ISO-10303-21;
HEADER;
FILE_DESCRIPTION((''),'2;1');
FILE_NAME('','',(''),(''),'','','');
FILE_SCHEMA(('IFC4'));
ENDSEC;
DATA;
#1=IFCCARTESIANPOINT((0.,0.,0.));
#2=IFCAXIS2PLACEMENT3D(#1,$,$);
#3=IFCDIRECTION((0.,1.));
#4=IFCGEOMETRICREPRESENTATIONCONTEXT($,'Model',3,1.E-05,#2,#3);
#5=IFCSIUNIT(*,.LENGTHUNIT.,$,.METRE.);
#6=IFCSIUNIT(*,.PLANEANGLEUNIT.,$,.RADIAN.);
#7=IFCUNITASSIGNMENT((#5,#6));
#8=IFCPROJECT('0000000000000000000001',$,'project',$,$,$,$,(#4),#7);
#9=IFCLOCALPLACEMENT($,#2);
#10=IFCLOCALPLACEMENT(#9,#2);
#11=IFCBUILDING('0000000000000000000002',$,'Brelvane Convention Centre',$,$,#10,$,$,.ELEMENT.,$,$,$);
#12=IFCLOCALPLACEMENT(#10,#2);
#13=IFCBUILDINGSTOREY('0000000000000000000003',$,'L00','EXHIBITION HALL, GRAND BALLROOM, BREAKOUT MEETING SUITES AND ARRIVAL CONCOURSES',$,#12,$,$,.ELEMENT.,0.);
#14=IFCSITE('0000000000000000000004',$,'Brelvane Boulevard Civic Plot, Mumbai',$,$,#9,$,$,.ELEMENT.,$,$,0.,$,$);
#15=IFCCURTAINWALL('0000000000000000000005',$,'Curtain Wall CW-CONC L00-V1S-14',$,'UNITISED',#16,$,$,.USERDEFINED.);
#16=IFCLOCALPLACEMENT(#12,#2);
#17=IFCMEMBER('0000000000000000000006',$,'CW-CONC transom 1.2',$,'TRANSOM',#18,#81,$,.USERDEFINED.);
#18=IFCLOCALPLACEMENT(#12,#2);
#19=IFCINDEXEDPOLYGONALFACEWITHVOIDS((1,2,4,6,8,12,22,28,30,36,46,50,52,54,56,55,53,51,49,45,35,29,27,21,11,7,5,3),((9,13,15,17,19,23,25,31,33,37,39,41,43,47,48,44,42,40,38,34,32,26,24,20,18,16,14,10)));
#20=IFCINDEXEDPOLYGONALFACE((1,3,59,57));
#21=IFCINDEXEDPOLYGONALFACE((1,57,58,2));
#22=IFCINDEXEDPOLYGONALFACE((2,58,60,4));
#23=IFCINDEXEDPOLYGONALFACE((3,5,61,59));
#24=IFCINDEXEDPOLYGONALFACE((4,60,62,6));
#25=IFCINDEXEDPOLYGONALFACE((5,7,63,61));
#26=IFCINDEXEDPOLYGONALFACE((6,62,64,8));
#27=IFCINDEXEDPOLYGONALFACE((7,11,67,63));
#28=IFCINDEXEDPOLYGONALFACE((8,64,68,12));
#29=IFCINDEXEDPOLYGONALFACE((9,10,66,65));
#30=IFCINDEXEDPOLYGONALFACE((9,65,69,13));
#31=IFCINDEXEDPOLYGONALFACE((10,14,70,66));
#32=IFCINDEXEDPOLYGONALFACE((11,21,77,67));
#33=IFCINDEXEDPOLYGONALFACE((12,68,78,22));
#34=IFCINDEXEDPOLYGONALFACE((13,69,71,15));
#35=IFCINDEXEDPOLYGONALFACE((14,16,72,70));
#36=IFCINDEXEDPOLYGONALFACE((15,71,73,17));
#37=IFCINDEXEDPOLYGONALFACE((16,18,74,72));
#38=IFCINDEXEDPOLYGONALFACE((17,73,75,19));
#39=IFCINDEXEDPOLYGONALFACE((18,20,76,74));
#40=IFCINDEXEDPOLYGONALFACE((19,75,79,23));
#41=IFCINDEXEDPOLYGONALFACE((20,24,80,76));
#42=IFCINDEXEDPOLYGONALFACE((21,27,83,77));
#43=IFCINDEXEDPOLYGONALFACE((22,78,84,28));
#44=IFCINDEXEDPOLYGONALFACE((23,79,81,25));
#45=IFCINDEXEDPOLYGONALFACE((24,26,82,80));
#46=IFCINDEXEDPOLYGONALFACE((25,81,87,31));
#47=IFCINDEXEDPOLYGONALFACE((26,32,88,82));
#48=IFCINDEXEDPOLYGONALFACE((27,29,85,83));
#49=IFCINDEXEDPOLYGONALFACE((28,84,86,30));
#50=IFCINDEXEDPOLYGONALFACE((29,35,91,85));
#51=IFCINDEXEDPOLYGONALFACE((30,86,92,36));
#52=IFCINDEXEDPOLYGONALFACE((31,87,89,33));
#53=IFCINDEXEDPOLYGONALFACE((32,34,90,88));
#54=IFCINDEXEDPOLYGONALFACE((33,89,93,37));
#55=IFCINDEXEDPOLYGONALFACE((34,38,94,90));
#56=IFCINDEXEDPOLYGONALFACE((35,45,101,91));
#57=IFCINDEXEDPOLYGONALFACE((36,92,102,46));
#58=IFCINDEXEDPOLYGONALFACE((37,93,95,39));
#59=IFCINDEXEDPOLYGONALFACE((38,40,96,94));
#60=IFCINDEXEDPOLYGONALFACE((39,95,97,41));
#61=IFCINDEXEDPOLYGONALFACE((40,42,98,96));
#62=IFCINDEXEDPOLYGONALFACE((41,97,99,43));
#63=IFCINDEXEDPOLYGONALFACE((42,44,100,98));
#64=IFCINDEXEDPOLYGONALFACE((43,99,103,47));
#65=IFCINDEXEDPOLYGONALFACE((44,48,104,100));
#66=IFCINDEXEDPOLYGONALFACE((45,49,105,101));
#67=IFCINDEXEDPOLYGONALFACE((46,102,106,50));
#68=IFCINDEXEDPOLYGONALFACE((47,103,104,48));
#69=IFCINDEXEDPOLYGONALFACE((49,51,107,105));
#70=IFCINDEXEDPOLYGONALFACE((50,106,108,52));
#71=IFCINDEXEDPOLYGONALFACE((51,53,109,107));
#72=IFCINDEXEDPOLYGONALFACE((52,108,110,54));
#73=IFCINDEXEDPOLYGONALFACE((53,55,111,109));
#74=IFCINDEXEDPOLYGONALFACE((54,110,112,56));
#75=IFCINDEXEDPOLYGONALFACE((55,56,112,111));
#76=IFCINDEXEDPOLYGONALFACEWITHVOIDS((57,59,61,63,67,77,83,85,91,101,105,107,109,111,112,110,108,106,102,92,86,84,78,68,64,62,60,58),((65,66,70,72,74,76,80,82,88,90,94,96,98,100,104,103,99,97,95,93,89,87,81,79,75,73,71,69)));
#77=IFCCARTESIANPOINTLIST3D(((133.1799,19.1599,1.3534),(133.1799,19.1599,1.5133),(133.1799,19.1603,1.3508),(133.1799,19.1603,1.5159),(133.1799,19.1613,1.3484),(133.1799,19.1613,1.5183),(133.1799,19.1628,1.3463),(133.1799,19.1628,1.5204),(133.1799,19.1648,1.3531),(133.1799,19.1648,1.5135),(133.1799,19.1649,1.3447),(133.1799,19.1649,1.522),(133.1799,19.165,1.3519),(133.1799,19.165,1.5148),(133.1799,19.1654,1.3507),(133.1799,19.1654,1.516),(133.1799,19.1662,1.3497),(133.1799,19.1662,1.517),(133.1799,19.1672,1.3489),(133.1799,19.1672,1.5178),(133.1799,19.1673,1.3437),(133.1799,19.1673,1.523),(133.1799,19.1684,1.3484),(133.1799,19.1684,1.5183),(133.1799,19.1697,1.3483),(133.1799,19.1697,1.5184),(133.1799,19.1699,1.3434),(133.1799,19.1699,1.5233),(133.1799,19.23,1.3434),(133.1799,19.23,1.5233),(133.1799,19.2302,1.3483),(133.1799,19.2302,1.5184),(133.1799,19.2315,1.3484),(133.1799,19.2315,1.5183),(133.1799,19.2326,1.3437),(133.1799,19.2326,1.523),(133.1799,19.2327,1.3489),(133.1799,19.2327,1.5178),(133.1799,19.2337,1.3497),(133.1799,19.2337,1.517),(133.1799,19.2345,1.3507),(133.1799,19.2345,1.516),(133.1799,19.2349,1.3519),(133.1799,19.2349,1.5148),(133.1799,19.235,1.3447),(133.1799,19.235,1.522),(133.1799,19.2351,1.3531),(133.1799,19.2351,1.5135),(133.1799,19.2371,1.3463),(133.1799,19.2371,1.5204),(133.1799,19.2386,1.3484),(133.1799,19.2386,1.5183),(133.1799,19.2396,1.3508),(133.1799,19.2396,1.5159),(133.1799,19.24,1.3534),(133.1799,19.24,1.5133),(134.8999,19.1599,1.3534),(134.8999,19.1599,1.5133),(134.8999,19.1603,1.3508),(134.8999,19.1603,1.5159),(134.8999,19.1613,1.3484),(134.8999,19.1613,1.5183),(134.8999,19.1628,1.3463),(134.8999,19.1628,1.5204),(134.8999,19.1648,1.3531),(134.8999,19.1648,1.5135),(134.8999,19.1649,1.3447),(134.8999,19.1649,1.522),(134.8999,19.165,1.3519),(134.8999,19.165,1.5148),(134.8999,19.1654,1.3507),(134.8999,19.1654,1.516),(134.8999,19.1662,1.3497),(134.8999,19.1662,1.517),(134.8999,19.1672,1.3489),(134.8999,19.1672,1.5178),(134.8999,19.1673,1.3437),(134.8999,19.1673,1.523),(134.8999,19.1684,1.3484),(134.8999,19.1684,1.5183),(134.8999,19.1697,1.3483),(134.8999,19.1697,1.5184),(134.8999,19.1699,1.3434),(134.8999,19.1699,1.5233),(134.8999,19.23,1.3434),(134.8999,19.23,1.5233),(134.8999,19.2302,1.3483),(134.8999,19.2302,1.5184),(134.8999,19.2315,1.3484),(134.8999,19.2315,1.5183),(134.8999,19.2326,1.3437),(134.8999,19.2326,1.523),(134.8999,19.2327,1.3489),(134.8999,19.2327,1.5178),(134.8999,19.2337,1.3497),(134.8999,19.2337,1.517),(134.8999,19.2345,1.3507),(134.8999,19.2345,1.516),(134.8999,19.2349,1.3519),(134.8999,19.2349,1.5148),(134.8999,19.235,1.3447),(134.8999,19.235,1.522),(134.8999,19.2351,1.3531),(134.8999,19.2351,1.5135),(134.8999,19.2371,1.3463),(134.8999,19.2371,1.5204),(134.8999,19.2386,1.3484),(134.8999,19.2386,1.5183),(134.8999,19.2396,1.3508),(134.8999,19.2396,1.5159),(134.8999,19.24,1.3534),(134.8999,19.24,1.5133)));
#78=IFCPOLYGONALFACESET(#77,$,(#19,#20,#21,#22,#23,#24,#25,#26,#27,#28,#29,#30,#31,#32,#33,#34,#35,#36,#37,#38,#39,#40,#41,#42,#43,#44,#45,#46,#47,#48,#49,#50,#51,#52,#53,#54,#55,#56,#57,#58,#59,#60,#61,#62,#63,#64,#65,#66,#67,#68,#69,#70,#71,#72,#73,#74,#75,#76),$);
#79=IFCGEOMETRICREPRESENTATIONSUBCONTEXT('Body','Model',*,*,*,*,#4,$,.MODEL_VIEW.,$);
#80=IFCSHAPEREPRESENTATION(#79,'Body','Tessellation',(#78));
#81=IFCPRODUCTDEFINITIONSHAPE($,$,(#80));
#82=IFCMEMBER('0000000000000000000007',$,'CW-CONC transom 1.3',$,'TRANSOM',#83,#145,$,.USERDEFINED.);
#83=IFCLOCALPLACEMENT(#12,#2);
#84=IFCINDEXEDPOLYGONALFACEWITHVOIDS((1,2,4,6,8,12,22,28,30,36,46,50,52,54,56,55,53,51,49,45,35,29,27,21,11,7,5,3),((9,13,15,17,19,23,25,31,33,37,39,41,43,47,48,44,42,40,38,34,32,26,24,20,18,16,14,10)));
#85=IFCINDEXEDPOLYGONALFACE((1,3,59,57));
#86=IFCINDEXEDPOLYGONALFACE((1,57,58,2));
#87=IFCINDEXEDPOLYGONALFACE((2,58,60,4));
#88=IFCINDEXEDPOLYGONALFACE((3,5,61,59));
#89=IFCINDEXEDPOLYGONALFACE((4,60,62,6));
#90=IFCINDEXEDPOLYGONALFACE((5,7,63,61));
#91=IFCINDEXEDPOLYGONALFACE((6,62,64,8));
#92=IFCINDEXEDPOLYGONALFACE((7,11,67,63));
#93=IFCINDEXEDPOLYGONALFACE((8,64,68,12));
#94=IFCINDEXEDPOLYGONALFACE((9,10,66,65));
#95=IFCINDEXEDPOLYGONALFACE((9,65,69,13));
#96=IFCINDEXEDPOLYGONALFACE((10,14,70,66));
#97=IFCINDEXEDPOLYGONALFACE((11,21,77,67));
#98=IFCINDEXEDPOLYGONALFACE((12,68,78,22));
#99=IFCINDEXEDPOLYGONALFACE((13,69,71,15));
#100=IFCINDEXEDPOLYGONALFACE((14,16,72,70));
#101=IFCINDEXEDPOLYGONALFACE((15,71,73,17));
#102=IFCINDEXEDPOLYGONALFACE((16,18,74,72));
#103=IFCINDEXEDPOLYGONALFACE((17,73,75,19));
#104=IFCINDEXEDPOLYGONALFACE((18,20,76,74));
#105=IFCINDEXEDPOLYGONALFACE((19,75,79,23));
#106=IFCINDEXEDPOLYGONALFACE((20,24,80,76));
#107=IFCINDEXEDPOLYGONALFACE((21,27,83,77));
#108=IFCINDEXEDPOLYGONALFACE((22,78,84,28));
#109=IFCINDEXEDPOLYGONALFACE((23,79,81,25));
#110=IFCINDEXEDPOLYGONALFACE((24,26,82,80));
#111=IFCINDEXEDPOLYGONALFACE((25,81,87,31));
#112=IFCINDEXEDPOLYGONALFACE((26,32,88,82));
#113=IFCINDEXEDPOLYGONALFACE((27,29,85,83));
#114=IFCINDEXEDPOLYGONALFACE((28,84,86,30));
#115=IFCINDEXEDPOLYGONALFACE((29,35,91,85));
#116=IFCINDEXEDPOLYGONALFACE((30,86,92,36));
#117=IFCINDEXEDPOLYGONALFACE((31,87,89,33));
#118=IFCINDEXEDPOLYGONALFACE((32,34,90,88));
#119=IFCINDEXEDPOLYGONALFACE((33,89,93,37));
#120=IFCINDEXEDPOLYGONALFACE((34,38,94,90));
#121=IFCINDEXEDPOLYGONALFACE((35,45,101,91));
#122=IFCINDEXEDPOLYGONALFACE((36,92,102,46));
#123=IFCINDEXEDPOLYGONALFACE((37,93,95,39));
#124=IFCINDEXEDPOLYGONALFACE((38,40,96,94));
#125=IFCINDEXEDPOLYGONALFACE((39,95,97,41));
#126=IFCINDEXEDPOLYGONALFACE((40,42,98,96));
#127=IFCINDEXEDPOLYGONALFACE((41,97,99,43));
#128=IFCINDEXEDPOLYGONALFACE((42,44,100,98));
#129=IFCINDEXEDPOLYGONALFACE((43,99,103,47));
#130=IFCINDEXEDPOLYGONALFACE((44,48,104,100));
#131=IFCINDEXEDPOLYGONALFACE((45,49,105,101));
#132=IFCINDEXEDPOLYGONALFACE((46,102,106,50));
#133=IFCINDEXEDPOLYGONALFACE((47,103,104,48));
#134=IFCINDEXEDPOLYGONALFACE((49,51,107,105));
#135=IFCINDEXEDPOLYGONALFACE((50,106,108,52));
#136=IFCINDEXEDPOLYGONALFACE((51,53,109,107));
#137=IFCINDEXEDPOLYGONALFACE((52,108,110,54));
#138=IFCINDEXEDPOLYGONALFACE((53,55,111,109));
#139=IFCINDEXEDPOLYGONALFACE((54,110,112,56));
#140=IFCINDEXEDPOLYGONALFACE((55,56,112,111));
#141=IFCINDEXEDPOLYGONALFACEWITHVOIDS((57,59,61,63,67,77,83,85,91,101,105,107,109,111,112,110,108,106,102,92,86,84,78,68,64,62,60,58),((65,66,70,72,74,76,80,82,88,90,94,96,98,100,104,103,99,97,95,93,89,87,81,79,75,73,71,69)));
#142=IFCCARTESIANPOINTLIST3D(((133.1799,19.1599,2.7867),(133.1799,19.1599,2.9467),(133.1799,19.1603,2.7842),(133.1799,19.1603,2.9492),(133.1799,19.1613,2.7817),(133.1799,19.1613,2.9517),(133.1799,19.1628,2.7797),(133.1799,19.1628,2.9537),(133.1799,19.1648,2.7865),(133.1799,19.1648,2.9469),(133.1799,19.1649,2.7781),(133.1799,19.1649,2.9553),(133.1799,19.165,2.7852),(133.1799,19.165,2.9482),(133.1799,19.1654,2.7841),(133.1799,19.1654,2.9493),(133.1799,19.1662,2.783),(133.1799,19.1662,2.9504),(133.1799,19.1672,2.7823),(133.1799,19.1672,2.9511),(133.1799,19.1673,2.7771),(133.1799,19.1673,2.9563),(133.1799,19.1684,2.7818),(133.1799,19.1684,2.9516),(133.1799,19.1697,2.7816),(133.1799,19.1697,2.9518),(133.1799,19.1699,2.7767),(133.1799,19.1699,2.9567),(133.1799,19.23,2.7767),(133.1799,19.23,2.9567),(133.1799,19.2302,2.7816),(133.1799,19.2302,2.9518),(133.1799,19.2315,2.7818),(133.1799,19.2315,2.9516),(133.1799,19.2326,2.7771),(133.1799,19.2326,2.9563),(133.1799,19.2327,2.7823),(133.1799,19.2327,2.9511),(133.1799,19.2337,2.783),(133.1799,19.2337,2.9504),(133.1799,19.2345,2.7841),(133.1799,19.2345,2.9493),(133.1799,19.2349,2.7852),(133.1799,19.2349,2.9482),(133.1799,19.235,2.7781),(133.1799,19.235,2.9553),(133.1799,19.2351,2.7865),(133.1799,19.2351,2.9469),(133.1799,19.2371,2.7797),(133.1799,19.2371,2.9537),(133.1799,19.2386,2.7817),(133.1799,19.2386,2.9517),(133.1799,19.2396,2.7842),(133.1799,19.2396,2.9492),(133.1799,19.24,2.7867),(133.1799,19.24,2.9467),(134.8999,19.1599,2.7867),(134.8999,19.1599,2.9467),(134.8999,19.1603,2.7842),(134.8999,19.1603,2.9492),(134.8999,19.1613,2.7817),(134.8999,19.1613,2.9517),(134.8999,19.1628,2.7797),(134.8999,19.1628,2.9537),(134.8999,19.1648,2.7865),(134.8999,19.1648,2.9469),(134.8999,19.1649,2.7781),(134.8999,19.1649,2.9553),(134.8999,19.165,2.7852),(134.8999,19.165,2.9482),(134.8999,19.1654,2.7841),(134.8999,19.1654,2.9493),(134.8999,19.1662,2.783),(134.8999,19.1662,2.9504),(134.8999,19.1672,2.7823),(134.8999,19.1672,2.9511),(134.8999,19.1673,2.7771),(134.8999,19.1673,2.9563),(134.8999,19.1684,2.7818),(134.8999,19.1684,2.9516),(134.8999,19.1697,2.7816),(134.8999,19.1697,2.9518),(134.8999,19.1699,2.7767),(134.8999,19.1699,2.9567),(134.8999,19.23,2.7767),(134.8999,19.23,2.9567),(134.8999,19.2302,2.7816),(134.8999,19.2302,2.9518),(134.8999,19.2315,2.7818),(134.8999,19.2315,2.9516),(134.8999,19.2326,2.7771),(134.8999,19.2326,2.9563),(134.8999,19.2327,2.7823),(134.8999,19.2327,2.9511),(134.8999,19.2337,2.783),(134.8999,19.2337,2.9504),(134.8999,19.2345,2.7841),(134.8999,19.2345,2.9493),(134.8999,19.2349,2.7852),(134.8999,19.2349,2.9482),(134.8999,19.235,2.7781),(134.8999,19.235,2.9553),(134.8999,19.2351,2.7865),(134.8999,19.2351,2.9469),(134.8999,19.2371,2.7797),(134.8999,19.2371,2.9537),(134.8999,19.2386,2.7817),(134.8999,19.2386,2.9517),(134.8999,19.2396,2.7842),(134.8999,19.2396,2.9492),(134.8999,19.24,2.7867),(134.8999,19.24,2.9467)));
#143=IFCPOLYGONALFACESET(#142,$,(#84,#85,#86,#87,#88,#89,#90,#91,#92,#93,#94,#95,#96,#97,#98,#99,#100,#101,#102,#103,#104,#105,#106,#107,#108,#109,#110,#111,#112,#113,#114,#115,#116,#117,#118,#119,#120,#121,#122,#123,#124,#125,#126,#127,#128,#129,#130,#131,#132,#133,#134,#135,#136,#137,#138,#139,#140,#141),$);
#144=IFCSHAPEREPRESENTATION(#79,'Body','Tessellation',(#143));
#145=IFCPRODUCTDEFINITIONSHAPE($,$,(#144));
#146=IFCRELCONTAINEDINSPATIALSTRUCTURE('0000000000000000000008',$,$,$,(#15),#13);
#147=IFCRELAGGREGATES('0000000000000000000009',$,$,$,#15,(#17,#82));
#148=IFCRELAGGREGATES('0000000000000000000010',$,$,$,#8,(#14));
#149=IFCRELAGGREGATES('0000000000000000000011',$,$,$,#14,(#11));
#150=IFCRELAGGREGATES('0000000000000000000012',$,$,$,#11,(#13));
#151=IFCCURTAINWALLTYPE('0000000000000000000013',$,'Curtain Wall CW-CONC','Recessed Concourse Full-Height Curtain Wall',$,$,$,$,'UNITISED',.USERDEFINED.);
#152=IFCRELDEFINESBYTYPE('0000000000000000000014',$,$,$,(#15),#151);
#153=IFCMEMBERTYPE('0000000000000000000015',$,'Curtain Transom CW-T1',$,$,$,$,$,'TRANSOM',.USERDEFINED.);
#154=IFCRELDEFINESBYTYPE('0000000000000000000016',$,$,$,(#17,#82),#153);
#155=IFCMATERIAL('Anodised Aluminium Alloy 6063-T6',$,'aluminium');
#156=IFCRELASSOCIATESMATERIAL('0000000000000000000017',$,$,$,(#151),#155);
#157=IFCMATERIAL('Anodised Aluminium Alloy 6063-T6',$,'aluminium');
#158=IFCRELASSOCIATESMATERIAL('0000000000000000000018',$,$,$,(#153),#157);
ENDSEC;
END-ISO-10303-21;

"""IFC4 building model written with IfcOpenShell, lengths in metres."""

from ifc_helpers import new_model, si_unit, direction, frame, origin, origin_2d, place, context, subcontext, project, spatial, hollow_rectangle, extrude, material, material_profile, profile_set, type_object, element, aggregate, save


model = new_model("IFC4")

# Units and contexts
model_context = context("Model", 3, precision=1e-05, world=origin(), true_north=direction((0.0, 1.0)))
body_context = subcontext(model_context, "Body", "Model", "MODEL_VIEW")
ifc_project = project(units=[si_unit("LENGTHUNIT", "METRE"), si_unit("PLANEANGLEUNIT", "RADIAN")], contexts=[model_context])

# Site, building, storey
site_placement = place(None, origin())
site = spatial("IfcSite", under=ifc_project, at=site_placement, Name="Brelvane Boulevard Civic Plot, Mumbai", CompositionType="ELEMENT", RefElevation=0.0)
building_placement = place(site_placement, origin())
building = spatial("IfcBuilding", under=site, at=building_placement, Name="Brelvane Convention Centre", CompositionType="ELEMENT")
storey_placement = place(building_placement, origin())
storey = spatial("IfcBuildingStorey", under=building, at=storey_placement, Name="L00", Description="EXHIBITION HALL, GRAND BALLROOM, BREAKOUT MEETING SUITES AND ARRIVAL CONCOURSES", CompositionType="ELEMENT", Elevation=0.0)

# Curtain wall, members
ifc_material_1 = material(Name="Anodised Aluminium Alloy 6063-T6", Category="aluminium")
curtain_wall_type = type_object("IfcCurtainWallType", Name="Curtain Wall CW-CONC", Description="Recessed Concourse Full-Height Curtain Wall", ElementType="UNITISED", PredefinedType="USERDEFINED", material=ifc_material_1)
curtain_wall_placement = place(storey_placement, origin())
curtain_wall = element("IfcCurtainWall", 1, at=curtain_wall_placement, inside=storey, type_object=curtain_wall_type, Name="Curtain Wall CW-CONC L00-V1S-14", ObjectType="UNITISED", PredefinedType="USERDEFINED")
ifc_material_2 = material(Name="Anodised Aluminium Alloy 6063-T6", Category="aluminium")
ifc_material_profile_1 = material_profile(ifc_material_2, hollow_rectangle(XDim=0.0801, YDim=0.1799, WallThickness=0.0049, InnerFilletRadius=0.0049, OuterFilletRadius=0.01, at=origin_2d()), Name="ALU-T 180x80x5.0")
ifc_profile_set_1 = profile_set([ifc_material_profile_1], Name="Anodised Aluminium Alloy 6063-T6")
member_type_1 = type_object("IfcMemberType", Name="Curtain Transom CW-T1", ElementType="TRANSOM", PredefinedType="USERDEFINED", material=ifc_profile_set_1)
member_1_placement = place(storey_placement, frame((133.1799, 19.2, 1.4333), z_axis=(1.0, 0.0, 0.0), x_axis=(0.0, 1.0, 0.0)))
member_1 = element("IfcMember", 2, at=member_1_placement, type_object=member_type_1, Name="CW-CONC transom 1.2", ObjectType="TRANSOM", PredefinedType="USERDEFINED", context=body_context, shape_type="SweptSolid", body=[
    extrude(hollow_rectangle(XDim=0.0801, YDim=0.1799, WallThickness=0.0049, InnerFilletRadius=0.0049, OuterFilletRadius=0.01, at=origin_2d()), origin(), (0.0, 0.0, 1.0), 1.72),
])
member_2_placement = place(storey_placement, frame((133.1799, 19.2, 2.8667), z_axis=(1.0, 0.0, 0.0), x_axis=(0.0, 1.0, 0.0)))
member_2 = element("IfcMember", 3, at=member_2_placement, type_object=member_type_1, Name="CW-CONC transom 1.3", ObjectType="TRANSOM", PredefinedType="USERDEFINED", context=body_context, shape_type="SweptSolid", body=[
    extrude(hollow_rectangle(XDim=0.0801, YDim=0.1799, WallThickness=0.0049, InnerFilletRadius=0.0049, OuterFilletRadius=0.01, at=origin_2d()), origin(), (0.0, 0.0, 1.0), 1.72),
])

aggregate(curtain_wall, [member_1, member_2])

save(model, "model.ifc")
